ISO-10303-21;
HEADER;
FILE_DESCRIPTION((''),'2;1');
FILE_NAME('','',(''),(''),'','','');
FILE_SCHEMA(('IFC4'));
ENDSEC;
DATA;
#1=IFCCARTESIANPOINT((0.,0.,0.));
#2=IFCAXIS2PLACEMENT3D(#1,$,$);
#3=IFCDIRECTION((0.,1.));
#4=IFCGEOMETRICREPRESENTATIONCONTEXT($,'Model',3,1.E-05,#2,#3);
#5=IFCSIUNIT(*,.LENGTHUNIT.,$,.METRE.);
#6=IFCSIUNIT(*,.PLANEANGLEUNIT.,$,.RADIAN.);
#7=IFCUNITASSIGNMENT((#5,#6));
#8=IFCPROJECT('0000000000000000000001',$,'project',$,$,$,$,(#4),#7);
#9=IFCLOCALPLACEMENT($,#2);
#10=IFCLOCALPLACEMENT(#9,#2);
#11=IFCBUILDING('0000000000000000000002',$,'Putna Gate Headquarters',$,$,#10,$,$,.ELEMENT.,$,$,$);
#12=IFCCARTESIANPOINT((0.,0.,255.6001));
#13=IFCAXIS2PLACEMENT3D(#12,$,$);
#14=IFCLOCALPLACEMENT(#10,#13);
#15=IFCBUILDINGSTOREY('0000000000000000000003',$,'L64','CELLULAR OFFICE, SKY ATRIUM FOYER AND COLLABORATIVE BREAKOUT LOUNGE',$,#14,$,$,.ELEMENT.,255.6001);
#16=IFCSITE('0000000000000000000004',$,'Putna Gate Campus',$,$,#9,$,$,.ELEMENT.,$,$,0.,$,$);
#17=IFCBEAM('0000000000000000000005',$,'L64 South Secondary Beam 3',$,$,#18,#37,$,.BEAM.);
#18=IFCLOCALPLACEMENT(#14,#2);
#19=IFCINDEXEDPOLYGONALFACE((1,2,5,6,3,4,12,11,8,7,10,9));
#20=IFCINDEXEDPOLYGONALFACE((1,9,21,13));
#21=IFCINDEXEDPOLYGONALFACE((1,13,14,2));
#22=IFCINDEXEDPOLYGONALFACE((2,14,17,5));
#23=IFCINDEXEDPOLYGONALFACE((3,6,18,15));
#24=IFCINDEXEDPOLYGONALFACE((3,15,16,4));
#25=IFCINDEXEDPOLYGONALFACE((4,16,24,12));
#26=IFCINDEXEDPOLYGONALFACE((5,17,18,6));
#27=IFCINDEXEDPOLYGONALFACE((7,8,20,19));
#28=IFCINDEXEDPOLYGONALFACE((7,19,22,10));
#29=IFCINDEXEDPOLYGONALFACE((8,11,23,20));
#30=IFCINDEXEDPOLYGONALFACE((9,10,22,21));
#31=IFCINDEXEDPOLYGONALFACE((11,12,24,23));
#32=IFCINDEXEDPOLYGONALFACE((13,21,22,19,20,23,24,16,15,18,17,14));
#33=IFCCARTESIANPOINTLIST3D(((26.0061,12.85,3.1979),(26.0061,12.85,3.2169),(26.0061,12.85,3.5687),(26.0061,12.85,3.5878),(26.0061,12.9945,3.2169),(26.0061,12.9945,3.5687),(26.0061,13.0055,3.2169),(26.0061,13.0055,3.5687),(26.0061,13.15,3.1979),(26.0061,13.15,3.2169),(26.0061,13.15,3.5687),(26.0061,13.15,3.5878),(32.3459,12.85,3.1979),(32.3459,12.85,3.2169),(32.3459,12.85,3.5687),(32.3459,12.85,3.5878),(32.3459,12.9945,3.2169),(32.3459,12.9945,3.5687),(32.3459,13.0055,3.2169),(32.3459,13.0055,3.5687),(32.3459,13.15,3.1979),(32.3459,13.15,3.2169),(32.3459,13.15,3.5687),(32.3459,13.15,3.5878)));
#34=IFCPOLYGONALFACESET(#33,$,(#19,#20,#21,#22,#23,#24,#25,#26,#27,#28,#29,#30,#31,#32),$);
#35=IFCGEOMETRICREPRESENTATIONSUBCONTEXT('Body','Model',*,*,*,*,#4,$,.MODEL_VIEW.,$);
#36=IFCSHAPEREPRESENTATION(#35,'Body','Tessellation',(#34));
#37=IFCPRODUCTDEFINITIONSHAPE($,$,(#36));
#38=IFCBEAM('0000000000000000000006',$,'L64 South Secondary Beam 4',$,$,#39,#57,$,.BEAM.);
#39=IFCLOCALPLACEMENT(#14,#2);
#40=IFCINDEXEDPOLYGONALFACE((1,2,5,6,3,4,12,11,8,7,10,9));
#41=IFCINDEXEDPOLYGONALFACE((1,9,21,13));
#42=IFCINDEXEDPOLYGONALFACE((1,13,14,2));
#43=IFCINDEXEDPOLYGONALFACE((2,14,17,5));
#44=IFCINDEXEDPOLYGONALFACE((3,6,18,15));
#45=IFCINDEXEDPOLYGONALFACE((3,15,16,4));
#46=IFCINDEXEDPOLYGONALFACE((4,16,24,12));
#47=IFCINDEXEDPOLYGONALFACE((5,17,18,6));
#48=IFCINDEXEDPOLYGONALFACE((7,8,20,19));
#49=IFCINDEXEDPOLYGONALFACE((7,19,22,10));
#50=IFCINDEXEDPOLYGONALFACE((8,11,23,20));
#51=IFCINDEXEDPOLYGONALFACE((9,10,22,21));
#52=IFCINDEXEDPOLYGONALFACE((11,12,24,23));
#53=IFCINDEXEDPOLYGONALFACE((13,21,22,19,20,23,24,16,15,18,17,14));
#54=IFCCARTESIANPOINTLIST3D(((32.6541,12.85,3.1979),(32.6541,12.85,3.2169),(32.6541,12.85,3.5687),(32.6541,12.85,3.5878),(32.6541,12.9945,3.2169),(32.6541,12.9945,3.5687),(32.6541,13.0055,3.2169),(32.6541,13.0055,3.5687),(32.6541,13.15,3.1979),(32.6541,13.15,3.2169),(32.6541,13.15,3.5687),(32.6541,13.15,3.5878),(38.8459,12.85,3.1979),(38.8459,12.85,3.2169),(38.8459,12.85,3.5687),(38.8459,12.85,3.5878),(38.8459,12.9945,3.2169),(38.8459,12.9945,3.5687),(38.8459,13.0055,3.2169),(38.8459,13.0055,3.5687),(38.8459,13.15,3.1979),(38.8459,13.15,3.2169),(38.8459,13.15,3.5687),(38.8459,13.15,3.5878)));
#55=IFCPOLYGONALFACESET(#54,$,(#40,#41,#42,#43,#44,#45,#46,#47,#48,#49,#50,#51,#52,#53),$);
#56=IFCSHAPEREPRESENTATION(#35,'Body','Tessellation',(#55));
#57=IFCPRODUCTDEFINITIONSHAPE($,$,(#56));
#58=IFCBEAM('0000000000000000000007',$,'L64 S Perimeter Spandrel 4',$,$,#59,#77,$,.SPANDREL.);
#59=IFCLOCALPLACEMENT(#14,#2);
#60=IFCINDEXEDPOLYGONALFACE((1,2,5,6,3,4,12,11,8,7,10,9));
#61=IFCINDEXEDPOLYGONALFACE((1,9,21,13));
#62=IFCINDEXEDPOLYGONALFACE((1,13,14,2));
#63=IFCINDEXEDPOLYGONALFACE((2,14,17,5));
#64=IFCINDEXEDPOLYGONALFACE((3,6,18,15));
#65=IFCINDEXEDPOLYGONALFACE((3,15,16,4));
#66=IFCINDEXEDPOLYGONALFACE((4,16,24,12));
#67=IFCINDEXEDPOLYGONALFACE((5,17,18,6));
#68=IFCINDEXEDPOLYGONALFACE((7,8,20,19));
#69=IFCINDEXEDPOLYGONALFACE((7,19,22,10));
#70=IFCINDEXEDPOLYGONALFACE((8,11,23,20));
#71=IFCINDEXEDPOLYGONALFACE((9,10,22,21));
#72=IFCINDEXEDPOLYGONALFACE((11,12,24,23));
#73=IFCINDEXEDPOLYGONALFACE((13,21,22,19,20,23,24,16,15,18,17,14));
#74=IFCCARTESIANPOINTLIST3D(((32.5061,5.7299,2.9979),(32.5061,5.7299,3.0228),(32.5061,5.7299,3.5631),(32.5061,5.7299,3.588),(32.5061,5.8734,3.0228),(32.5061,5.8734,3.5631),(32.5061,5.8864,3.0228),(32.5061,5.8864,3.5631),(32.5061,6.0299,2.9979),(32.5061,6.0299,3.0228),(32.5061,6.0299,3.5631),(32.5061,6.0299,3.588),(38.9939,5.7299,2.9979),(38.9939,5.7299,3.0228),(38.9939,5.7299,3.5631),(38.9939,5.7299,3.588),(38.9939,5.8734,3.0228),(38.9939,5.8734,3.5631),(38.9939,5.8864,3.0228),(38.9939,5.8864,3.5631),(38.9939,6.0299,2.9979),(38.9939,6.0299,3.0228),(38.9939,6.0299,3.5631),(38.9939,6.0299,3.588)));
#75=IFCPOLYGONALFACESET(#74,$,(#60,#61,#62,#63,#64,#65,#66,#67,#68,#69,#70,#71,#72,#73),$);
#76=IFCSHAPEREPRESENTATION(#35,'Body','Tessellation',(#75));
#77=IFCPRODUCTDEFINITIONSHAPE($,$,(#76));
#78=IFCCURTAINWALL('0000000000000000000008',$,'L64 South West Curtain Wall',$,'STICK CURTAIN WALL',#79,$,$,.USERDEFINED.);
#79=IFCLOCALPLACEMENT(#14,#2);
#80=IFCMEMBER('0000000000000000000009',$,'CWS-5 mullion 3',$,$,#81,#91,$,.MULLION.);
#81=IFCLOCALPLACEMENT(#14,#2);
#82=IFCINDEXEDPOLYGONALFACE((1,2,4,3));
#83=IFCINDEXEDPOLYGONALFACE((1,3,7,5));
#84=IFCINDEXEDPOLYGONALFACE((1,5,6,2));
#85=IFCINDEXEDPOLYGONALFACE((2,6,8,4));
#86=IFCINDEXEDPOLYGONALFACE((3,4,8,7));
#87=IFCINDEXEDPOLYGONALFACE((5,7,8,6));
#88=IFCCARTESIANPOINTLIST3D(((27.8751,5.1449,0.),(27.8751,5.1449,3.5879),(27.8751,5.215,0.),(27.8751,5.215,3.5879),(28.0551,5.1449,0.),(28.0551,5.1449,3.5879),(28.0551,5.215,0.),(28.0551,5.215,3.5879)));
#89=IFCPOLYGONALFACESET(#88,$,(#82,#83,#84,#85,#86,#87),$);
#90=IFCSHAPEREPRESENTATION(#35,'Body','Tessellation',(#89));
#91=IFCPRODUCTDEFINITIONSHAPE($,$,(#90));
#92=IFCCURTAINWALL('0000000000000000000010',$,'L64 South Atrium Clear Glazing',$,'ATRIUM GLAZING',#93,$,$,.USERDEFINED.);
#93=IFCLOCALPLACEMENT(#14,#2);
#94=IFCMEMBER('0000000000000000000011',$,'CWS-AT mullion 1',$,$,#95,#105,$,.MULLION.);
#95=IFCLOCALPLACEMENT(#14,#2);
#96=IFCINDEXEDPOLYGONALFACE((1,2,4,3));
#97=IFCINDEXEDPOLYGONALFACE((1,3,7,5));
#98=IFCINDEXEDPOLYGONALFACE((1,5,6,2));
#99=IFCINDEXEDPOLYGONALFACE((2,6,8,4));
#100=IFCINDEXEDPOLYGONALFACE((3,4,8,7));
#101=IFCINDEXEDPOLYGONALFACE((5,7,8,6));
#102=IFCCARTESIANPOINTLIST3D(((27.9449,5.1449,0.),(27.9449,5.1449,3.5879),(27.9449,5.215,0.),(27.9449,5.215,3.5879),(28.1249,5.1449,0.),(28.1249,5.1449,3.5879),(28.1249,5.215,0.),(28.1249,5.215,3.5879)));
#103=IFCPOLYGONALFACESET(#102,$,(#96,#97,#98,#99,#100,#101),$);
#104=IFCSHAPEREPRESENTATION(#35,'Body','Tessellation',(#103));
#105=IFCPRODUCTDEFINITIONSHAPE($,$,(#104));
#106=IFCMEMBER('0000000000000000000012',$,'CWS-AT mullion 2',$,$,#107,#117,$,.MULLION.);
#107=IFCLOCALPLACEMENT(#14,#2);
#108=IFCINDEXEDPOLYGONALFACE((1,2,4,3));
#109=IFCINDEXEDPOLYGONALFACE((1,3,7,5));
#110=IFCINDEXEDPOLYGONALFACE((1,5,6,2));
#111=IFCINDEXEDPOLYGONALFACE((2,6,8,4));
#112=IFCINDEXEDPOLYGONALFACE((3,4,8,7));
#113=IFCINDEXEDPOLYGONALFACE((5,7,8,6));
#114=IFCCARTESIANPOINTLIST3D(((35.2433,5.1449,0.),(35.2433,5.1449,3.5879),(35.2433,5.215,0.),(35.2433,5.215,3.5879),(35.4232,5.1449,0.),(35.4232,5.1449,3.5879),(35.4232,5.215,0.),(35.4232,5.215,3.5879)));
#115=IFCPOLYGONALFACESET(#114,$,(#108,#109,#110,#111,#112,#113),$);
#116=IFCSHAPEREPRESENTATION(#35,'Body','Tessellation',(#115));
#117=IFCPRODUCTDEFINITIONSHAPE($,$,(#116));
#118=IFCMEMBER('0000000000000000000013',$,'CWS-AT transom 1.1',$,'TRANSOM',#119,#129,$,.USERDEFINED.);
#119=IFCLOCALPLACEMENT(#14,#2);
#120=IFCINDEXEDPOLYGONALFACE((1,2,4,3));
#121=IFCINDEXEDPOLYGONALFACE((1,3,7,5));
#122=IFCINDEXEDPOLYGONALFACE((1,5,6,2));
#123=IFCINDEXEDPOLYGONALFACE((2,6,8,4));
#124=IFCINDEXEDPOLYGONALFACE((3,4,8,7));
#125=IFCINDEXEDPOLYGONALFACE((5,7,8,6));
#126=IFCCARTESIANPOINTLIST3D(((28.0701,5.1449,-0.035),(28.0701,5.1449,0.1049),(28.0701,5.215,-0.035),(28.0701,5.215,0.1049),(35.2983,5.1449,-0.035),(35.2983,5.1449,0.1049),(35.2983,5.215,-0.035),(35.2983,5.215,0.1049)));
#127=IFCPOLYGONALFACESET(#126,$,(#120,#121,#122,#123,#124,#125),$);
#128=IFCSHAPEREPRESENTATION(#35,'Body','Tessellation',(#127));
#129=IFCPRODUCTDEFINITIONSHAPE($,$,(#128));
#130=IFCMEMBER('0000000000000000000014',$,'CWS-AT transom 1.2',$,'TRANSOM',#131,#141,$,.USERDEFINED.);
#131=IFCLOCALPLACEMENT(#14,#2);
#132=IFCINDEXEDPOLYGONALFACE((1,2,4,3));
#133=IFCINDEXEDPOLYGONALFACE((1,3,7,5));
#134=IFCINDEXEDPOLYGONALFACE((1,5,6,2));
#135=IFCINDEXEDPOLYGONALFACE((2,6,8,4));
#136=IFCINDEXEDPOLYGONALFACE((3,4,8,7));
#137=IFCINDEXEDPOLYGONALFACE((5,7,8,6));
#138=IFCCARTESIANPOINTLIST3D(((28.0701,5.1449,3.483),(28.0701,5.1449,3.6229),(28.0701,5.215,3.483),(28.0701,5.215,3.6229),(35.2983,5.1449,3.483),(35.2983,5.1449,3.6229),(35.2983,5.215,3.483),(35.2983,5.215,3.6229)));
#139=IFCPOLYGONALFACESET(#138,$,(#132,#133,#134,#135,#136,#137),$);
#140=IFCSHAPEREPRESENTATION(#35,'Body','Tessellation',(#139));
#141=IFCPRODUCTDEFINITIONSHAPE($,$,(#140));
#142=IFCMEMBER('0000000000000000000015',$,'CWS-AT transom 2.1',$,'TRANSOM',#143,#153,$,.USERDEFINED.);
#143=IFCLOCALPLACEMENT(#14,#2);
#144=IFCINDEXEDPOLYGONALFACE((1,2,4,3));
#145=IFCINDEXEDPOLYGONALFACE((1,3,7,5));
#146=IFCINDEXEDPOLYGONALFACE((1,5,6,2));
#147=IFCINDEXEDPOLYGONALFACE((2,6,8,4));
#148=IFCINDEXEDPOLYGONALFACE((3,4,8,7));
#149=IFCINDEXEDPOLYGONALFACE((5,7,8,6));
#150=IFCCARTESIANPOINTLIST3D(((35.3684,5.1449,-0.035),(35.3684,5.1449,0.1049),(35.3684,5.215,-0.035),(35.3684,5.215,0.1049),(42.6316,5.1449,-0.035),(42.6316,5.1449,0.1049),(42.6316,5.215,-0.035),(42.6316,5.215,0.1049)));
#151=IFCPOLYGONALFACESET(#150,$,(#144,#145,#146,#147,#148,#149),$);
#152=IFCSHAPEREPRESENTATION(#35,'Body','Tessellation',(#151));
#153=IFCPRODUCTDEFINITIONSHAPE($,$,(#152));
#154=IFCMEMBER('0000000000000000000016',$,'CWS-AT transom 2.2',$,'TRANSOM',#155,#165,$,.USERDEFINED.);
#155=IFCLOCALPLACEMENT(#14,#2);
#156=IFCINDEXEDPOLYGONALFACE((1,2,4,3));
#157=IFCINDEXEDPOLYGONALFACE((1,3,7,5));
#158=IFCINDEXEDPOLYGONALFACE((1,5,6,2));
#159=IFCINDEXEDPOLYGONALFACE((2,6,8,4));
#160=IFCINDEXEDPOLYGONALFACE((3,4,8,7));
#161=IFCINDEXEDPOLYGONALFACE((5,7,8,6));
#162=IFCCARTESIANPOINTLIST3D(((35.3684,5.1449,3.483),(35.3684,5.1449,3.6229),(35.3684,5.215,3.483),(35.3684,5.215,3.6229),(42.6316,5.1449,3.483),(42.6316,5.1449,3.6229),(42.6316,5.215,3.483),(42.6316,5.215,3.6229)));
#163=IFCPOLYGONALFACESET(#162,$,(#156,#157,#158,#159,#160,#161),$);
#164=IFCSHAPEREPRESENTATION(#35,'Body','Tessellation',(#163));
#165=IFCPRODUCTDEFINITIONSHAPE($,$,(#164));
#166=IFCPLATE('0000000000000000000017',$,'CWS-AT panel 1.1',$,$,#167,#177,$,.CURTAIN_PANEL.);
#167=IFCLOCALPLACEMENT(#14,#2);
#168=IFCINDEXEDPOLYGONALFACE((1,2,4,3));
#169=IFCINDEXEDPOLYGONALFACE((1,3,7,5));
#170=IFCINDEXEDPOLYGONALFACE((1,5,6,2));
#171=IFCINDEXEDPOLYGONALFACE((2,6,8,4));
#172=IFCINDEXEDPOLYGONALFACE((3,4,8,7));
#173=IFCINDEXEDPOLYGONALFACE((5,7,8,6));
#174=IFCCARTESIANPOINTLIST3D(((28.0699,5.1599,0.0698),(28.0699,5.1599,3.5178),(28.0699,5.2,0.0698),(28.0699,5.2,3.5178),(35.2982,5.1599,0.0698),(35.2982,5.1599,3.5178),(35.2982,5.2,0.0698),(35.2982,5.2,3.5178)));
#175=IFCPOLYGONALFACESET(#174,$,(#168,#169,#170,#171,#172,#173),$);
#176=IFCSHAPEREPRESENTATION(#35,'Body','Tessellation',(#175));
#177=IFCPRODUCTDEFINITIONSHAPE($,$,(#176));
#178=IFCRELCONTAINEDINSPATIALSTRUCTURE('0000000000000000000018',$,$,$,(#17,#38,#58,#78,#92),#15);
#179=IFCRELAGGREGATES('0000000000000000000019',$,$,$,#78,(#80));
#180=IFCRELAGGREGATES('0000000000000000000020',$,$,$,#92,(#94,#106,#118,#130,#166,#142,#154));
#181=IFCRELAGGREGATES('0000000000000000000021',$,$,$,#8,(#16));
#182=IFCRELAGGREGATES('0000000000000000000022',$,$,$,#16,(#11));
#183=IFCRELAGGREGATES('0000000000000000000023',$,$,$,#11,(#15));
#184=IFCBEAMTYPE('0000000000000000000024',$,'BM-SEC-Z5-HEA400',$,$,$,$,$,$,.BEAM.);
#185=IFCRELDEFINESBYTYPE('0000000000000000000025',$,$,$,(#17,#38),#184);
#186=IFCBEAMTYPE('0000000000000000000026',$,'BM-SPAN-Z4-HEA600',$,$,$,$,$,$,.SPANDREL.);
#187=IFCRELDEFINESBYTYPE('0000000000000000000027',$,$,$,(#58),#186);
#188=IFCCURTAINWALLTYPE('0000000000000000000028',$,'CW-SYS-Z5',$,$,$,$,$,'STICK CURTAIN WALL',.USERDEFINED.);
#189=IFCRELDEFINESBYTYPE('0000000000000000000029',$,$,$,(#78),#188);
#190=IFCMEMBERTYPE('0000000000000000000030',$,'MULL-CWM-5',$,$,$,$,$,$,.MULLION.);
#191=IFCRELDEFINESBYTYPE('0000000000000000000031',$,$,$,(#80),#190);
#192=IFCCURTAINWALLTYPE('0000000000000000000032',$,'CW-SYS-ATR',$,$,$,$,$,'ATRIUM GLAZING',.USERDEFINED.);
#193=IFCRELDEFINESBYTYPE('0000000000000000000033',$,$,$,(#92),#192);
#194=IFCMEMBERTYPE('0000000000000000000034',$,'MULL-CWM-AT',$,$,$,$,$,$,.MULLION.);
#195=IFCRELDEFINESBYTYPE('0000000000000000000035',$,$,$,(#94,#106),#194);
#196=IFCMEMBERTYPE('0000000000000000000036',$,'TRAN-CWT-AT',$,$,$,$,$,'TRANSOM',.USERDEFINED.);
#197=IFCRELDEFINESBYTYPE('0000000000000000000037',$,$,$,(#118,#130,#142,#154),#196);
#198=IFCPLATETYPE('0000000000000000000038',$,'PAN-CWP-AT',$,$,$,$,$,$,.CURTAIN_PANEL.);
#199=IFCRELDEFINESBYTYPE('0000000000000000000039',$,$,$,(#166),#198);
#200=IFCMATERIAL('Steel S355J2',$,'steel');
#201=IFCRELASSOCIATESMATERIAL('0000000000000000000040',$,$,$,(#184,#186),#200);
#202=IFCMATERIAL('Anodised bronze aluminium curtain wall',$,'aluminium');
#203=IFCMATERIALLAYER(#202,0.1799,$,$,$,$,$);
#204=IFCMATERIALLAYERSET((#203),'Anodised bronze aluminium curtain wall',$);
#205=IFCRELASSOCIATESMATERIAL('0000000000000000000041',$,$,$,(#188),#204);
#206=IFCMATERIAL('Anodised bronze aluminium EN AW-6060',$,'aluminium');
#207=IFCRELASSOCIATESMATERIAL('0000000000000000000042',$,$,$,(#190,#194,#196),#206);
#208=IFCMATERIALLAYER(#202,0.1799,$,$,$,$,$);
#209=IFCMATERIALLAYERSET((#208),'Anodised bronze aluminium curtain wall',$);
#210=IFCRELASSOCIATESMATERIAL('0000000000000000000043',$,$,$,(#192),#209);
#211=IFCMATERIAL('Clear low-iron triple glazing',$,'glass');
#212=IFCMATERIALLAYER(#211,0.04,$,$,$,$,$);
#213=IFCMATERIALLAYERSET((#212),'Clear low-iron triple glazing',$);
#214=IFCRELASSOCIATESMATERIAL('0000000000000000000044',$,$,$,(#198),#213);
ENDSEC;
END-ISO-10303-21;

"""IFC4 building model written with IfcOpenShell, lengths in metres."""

from ifc_helpers import new_model, si_unit, direction, frame, origin, origin_2d, place, context, subcontext, project, spatial, rectangle, i_section, extrude, material, layer, layer_set, material_profile, profile_set, type_object, element, aggregate, save


model = new_model("IFC4")

# Units and contexts
model_context = context("Model", 3, precision=1e-05, world=origin(), true_north=direction((0.0, 1.0)))
body_context = subcontext(model_context, "Body", "Model", "MODEL_VIEW")
ifc_project = project(units=[si_unit("LENGTHUNIT", "METRE"), si_unit("PLANEANGLEUNIT", "RADIAN")], contexts=[model_context])

# Site, building, storey
site_placement = place(None, origin())
site = spatial("IfcSite", under=ifc_project, at=site_placement, Name="Putna Gate Campus", CompositionType="ELEMENT", RefElevation=0.0)
building_placement = place(site_placement, origin())
building = spatial("IfcBuilding", under=site, at=building_placement, Name="Putna Gate Headquarters", CompositionType="ELEMENT")
storey_placement = place(building_placement, frame((0.0, 0.0, 255.6001)))
storey = spatial("IfcBuildingStorey", under=building, at=storey_placement, Name="L64", Description="CELLULAR OFFICE, SKY ATRIUM FOYER AND COLLABORATIVE BREAKOUT LOUNGE", CompositionType="ELEMENT", Elevation=255.6001)

# Beams
ifc_material_1 = material(Name="Steel S355J2", Category="steel")
ifc_material_profile_1 = material_profile(ifc_material_1, i_section(OverallWidth=0.3, OverallDepth=0.3899, WebThickness=0.011, FlangeThickness=0.019, at=origin_2d()), Name="Steel S355J2")
ifc_profile_set_1 = profile_set([ifc_material_profile_1], Name="Steel S355J2")
beam_type_1 = type_object("IfcBeamType", Name="BM-SEC-Z5-HEA400", PredefinedType="BEAM", material=ifc_profile_set_1)
beam_1_placement = place(storey_placement, frame((26.0061, 13.0, 3.3928), z_axis=(1.0, 0.0, 0.0), x_axis=(0.0, 1.0, 0.0)))
element("IfcBeam", 1, at=beam_1_placement, inside=storey, type_object=beam_type_1, Name="L64 South Secondary Beam 3", PredefinedType="BEAM", context=body_context, shape_type="SweptSolid", body=[
    extrude(i_section(OverallWidth=0.3, OverallDepth=0.3899, WebThickness=0.011, FlangeThickness=0.019, at=origin_2d()), origin(), (0.0, 0.0, 1.0), 6.3398),
])
beam_2_placement = place(storey_placement, frame((32.6541, 13.0, 3.3928), z_axis=(1.0, 0.0, 0.0), x_axis=(0.0, 1.0, 0.0)))
element("IfcBeam", 2, at=beam_2_placement, inside=storey, type_object=beam_type_1, Name="L64 South Secondary Beam 4", PredefinedType="BEAM", context=body_context, shape_type="SweptSolid", body=[
    extrude(i_section(OverallWidth=0.3, OverallDepth=0.3899, WebThickness=0.011, FlangeThickness=0.019, at=origin_2d()), origin(), (0.0, 0.0, 1.0), 6.1919),
])
ifc_material_profile_2 = material_profile(ifc_material_1, i_section(OverallWidth=0.3, OverallDepth=0.5901, WebThickness=0.0129, FlangeThickness=0.0249, at=origin_2d()), Name="Steel S355J2")
ifc_profile_set_2 = profile_set([ifc_material_profile_2], Name="Steel S355J2")
beam_type_2 = type_object("IfcBeamType", Name="BM-SPAN-Z4-HEA600", PredefinedType="SPANDREL", material=ifc_profile_set_2)
beam_3_placement = place(storey_placement, frame((32.5061, 5.8799, 3.293), z_axis=(1.0, 0.0, 0.0), x_axis=(0.0, 1.0, 0.0)))
element("IfcBeam", 3, at=beam_3_placement, inside=storey, type_object=beam_type_2, Name="L64 S Perimeter Spandrel 4", PredefinedType="SPANDREL", context=body_context, shape_type="SweptSolid", body=[
    extrude(i_section(OverallWidth=0.3, OverallDepth=0.5901, WebThickness=0.0129, FlangeThickness=0.0249, at=origin_2d()), origin(), (0.0, 0.0, 1.0), 6.4878),
])

# Curtain wall, member
ifc_material_2 = material(Name="Anodised bronze aluminium curtain wall", Category="aluminium")
ifc_layer_1 = layer(ifc_material_2, 0.1799)
ifc_layer_set_1 = layer_set([ifc_layer_1], Name="Anodised bronze aluminium curtain wall")
curtain_wall_type_1 = type_object("IfcCurtainWallType", Name="CW-SYS-Z5", ElementType="STICK CURTAIN WALL", PredefinedType="USERDEFINED", material=ifc_layer_set_1)
curtain_wall_1_placement = place(storey_placement, origin())
curtain_wall_1 = element("IfcCurtainWall", 4, at=curtain_wall_1_placement, inside=storey, type_object=curtain_wall_type_1, Name="L64 South West Curtain Wall", ObjectType="STICK CURTAIN WALL", PredefinedType="USERDEFINED")
ifc_material_3 = material(Name="Anodised bronze aluminium EN AW-6060", Category="aluminium")
ifc_material_profile_3 = material_profile(ifc_material_3, rectangle(XDim=0.0701, YDim=0.1799, at=origin_2d()), Name="Anodised bronze aluminium EN AW-6060")
ifc_profile_set_3 = profile_set([ifc_material_profile_3], Name="Anodised bronze aluminium EN AW-6060")
member_type_1 = type_object("IfcMemberType", Name="MULL-CWM-5", PredefinedType="MULLION", material=ifc_profile_set_3)
member_1_placement = place(storey_placement, frame((27.9651, 5.1799, 0.0), z_axis=(0.0, 0.0, 1.0), x_axis=(0.0, 1.0, 0.0)))
member_1 = element("IfcMember", 5, at=member_1_placement, type_object=member_type_1, Name="CWS-5 mullion 3", PredefinedType="MULLION", context=body_context, shape_type="SweptSolid", body=[
    extrude(rectangle(XDim=0.0701, YDim=0.1799, at=origin_2d()), origin(), (0.0, 0.0, 1.0), 3.5879),
])
aggregate(curtain_wall_1, [member_1])

# Curtain wall, members, plate
ifc_layer_2 = layer(ifc_material_2, 0.1799)
ifc_layer_set_2 = layer_set([ifc_layer_2], Name="Anodised bronze aluminium curtain wall")
curtain_wall_type_2 = type_object("IfcCurtainWallType", Name="CW-SYS-ATR", ElementType="ATRIUM GLAZING", PredefinedType="USERDEFINED", material=ifc_layer_set_2)
curtain_wall_2_placement = place(storey_placement, origin())
curtain_wall_2 = element("IfcCurtainWall", 6, at=curtain_wall_2_placement, inside=storey, type_object=curtain_wall_type_2, Name="L64 South Atrium Clear Glazing", ObjectType="ATRIUM GLAZING", PredefinedType="USERDEFINED")
ifc_material_profile_4 = material_profile(ifc_material_3, rectangle(XDim=0.0701, YDim=0.1799, at=origin_2d()), Name="Anodised bronze aluminium EN AW-6060")
ifc_profile_set_4 = profile_set([ifc_material_profile_4], Name="Anodised bronze aluminium EN AW-6060")
member_type_2 = type_object("IfcMemberType", Name="MULL-CWM-AT", PredefinedType="MULLION", material=ifc_profile_set_4)
member_2_placement = place(storey_placement, frame((28.0349, 5.1799, 0.0), z_axis=(0.0, 0.0, 1.0), x_axis=(0.0, 1.0, 0.0)))
member_2 = element("IfcMember", 7, at=member_2_placement, type_object=member_type_2, Name="CWS-AT mullion 1", PredefinedType="MULLION", context=body_context, shape_type="SweptSolid", body=[
    extrude(rectangle(XDim=0.0701, YDim=0.1799, at=origin_2d()), origin(), (0.0, 0.0, 1.0), 3.5879),
])
member_3_placement = place(storey_placement, frame((35.3333, 5.1799, 0.0), z_axis=(0.0, 0.0, 1.0), x_axis=(0.0, 1.0, 0.0)))
member_3 = element("IfcMember", 8, at=member_3_placement, type_object=member_type_2, Name="CWS-AT mullion 2", PredefinedType="MULLION", context=body_context, shape_type="SweptSolid", body=[
    extrude(rectangle(XDim=0.0701, YDim=0.1799, at=origin_2d()), origin(), (0.0, 0.0, 1.0), 3.5879),
])
ifc_material_profile_5 = material_profile(ifc_material_3, rectangle(XDim=0.0701, YDim=0.1399, at=origin_2d()), Name="Anodised bronze aluminium EN AW-6060")
ifc_profile_set_5 = profile_set([ifc_material_profile_5], Name="Anodised bronze aluminium EN AW-6060")
member_type_3 = type_object("IfcMemberType", Name="TRAN-CWT-AT", ElementType="TRANSOM", PredefinedType="USERDEFINED", material=ifc_profile_set_5)
member_4_placement = place(storey_placement, frame((28.0701, 5.1799, 0.0349), z_axis=(1.0, 0.0, 0.0), x_axis=(0.0, 1.0, 0.0)))
member_4 = element("IfcMember", 9, at=member_4_placement, type_object=member_type_3, Name="CWS-AT transom 1.1", ObjectType="TRANSOM", PredefinedType="USERDEFINED", context=body_context, shape_type="SweptSolid", body=[
    extrude(rectangle(XDim=0.0701, YDim=0.1399, at=origin_2d()), origin(), (0.0, 0.0, 1.0), 7.2283),
])
member_5_placement = place(storey_placement, frame((28.0701, 5.1799, 3.553), z_axis=(1.0, 0.0, 0.0), x_axis=(0.0, 1.0, 0.0)))
member_5 = element("IfcMember", 10, at=member_5_placement, type_object=member_type_3, Name="CWS-AT transom 1.2", ObjectType="TRANSOM", PredefinedType="USERDEFINED", context=body_context, shape_type="SweptSolid", body=[
    extrude(rectangle(XDim=0.0701, YDim=0.1399, at=origin_2d()), origin(), (0.0, 0.0, 1.0), 7.2283),
])
member_6_placement = place(storey_placement, frame((35.3684, 5.1799, 0.0349), z_axis=(1.0, 0.0, 0.0), x_axis=(0.0, 1.0, 0.0)))
member_6 = element("IfcMember", 11, at=member_6_placement, type_object=member_type_3, Name="CWS-AT transom 2.1", ObjectType="TRANSOM", PredefinedType="USERDEFINED", context=body_context, shape_type="SweptSolid", body=[
    extrude(rectangle(XDim=0.0701, YDim=0.1399, at=origin_2d()), origin(), (0.0, 0.0, 1.0), 7.2632),
])
member_7_placement = place(storey_placement, frame((35.3684, 5.1799, 3.553), z_axis=(1.0, 0.0, 0.0), x_axis=(0.0, 1.0, 0.0)))
member_7 = element("IfcMember", 12, at=member_7_placement, type_object=member_type_3, Name="CWS-AT transom 2.2", ObjectType="TRANSOM", PredefinedType="USERDEFINED", context=body_context, shape_type="SweptSolid", body=[
    extrude(rectangle(XDim=0.0701, YDim=0.1399, at=origin_2d()), origin(), (0.0, 0.0, 1.0), 7.2632),
])
ifc_material_4 = material(Name="Clear low-iron triple glazing", Category="glass")
ifc_layer_3 = layer(ifc_material_4, 0.04)
ifc_layer_set_3 = layer_set([ifc_layer_3], Name="Clear low-iron triple glazing")
plate_type = type_object("IfcPlateType", Name="PAN-CWP-AT", PredefinedType="CURTAIN_PANEL", material=ifc_layer_set_3)
plate_placement = place(storey_placement, frame((31.6841, 5.1799, 0.0698), z_axis=(0.0, 0.0, 1.0), x_axis=(1.0, 0.0, 0.0)))
plate = element("IfcPlate", 13, at=plate_placement, type_object=plate_type, Name="CWS-AT panel 1.1", PredefinedType="CURTAIN_PANEL", context=body_context, shape_type="SweptSolid", body=[
    extrude(rectangle(XDim=7.2283, YDim=0.04, at=origin_2d()), origin(), (0.0, 0.0, 1.0), 3.448),
])
aggregate(curtain_wall_2, [member_2, member_3, member_4, member_5, plate, member_6, member_7])

save(model, "model.ifc")
